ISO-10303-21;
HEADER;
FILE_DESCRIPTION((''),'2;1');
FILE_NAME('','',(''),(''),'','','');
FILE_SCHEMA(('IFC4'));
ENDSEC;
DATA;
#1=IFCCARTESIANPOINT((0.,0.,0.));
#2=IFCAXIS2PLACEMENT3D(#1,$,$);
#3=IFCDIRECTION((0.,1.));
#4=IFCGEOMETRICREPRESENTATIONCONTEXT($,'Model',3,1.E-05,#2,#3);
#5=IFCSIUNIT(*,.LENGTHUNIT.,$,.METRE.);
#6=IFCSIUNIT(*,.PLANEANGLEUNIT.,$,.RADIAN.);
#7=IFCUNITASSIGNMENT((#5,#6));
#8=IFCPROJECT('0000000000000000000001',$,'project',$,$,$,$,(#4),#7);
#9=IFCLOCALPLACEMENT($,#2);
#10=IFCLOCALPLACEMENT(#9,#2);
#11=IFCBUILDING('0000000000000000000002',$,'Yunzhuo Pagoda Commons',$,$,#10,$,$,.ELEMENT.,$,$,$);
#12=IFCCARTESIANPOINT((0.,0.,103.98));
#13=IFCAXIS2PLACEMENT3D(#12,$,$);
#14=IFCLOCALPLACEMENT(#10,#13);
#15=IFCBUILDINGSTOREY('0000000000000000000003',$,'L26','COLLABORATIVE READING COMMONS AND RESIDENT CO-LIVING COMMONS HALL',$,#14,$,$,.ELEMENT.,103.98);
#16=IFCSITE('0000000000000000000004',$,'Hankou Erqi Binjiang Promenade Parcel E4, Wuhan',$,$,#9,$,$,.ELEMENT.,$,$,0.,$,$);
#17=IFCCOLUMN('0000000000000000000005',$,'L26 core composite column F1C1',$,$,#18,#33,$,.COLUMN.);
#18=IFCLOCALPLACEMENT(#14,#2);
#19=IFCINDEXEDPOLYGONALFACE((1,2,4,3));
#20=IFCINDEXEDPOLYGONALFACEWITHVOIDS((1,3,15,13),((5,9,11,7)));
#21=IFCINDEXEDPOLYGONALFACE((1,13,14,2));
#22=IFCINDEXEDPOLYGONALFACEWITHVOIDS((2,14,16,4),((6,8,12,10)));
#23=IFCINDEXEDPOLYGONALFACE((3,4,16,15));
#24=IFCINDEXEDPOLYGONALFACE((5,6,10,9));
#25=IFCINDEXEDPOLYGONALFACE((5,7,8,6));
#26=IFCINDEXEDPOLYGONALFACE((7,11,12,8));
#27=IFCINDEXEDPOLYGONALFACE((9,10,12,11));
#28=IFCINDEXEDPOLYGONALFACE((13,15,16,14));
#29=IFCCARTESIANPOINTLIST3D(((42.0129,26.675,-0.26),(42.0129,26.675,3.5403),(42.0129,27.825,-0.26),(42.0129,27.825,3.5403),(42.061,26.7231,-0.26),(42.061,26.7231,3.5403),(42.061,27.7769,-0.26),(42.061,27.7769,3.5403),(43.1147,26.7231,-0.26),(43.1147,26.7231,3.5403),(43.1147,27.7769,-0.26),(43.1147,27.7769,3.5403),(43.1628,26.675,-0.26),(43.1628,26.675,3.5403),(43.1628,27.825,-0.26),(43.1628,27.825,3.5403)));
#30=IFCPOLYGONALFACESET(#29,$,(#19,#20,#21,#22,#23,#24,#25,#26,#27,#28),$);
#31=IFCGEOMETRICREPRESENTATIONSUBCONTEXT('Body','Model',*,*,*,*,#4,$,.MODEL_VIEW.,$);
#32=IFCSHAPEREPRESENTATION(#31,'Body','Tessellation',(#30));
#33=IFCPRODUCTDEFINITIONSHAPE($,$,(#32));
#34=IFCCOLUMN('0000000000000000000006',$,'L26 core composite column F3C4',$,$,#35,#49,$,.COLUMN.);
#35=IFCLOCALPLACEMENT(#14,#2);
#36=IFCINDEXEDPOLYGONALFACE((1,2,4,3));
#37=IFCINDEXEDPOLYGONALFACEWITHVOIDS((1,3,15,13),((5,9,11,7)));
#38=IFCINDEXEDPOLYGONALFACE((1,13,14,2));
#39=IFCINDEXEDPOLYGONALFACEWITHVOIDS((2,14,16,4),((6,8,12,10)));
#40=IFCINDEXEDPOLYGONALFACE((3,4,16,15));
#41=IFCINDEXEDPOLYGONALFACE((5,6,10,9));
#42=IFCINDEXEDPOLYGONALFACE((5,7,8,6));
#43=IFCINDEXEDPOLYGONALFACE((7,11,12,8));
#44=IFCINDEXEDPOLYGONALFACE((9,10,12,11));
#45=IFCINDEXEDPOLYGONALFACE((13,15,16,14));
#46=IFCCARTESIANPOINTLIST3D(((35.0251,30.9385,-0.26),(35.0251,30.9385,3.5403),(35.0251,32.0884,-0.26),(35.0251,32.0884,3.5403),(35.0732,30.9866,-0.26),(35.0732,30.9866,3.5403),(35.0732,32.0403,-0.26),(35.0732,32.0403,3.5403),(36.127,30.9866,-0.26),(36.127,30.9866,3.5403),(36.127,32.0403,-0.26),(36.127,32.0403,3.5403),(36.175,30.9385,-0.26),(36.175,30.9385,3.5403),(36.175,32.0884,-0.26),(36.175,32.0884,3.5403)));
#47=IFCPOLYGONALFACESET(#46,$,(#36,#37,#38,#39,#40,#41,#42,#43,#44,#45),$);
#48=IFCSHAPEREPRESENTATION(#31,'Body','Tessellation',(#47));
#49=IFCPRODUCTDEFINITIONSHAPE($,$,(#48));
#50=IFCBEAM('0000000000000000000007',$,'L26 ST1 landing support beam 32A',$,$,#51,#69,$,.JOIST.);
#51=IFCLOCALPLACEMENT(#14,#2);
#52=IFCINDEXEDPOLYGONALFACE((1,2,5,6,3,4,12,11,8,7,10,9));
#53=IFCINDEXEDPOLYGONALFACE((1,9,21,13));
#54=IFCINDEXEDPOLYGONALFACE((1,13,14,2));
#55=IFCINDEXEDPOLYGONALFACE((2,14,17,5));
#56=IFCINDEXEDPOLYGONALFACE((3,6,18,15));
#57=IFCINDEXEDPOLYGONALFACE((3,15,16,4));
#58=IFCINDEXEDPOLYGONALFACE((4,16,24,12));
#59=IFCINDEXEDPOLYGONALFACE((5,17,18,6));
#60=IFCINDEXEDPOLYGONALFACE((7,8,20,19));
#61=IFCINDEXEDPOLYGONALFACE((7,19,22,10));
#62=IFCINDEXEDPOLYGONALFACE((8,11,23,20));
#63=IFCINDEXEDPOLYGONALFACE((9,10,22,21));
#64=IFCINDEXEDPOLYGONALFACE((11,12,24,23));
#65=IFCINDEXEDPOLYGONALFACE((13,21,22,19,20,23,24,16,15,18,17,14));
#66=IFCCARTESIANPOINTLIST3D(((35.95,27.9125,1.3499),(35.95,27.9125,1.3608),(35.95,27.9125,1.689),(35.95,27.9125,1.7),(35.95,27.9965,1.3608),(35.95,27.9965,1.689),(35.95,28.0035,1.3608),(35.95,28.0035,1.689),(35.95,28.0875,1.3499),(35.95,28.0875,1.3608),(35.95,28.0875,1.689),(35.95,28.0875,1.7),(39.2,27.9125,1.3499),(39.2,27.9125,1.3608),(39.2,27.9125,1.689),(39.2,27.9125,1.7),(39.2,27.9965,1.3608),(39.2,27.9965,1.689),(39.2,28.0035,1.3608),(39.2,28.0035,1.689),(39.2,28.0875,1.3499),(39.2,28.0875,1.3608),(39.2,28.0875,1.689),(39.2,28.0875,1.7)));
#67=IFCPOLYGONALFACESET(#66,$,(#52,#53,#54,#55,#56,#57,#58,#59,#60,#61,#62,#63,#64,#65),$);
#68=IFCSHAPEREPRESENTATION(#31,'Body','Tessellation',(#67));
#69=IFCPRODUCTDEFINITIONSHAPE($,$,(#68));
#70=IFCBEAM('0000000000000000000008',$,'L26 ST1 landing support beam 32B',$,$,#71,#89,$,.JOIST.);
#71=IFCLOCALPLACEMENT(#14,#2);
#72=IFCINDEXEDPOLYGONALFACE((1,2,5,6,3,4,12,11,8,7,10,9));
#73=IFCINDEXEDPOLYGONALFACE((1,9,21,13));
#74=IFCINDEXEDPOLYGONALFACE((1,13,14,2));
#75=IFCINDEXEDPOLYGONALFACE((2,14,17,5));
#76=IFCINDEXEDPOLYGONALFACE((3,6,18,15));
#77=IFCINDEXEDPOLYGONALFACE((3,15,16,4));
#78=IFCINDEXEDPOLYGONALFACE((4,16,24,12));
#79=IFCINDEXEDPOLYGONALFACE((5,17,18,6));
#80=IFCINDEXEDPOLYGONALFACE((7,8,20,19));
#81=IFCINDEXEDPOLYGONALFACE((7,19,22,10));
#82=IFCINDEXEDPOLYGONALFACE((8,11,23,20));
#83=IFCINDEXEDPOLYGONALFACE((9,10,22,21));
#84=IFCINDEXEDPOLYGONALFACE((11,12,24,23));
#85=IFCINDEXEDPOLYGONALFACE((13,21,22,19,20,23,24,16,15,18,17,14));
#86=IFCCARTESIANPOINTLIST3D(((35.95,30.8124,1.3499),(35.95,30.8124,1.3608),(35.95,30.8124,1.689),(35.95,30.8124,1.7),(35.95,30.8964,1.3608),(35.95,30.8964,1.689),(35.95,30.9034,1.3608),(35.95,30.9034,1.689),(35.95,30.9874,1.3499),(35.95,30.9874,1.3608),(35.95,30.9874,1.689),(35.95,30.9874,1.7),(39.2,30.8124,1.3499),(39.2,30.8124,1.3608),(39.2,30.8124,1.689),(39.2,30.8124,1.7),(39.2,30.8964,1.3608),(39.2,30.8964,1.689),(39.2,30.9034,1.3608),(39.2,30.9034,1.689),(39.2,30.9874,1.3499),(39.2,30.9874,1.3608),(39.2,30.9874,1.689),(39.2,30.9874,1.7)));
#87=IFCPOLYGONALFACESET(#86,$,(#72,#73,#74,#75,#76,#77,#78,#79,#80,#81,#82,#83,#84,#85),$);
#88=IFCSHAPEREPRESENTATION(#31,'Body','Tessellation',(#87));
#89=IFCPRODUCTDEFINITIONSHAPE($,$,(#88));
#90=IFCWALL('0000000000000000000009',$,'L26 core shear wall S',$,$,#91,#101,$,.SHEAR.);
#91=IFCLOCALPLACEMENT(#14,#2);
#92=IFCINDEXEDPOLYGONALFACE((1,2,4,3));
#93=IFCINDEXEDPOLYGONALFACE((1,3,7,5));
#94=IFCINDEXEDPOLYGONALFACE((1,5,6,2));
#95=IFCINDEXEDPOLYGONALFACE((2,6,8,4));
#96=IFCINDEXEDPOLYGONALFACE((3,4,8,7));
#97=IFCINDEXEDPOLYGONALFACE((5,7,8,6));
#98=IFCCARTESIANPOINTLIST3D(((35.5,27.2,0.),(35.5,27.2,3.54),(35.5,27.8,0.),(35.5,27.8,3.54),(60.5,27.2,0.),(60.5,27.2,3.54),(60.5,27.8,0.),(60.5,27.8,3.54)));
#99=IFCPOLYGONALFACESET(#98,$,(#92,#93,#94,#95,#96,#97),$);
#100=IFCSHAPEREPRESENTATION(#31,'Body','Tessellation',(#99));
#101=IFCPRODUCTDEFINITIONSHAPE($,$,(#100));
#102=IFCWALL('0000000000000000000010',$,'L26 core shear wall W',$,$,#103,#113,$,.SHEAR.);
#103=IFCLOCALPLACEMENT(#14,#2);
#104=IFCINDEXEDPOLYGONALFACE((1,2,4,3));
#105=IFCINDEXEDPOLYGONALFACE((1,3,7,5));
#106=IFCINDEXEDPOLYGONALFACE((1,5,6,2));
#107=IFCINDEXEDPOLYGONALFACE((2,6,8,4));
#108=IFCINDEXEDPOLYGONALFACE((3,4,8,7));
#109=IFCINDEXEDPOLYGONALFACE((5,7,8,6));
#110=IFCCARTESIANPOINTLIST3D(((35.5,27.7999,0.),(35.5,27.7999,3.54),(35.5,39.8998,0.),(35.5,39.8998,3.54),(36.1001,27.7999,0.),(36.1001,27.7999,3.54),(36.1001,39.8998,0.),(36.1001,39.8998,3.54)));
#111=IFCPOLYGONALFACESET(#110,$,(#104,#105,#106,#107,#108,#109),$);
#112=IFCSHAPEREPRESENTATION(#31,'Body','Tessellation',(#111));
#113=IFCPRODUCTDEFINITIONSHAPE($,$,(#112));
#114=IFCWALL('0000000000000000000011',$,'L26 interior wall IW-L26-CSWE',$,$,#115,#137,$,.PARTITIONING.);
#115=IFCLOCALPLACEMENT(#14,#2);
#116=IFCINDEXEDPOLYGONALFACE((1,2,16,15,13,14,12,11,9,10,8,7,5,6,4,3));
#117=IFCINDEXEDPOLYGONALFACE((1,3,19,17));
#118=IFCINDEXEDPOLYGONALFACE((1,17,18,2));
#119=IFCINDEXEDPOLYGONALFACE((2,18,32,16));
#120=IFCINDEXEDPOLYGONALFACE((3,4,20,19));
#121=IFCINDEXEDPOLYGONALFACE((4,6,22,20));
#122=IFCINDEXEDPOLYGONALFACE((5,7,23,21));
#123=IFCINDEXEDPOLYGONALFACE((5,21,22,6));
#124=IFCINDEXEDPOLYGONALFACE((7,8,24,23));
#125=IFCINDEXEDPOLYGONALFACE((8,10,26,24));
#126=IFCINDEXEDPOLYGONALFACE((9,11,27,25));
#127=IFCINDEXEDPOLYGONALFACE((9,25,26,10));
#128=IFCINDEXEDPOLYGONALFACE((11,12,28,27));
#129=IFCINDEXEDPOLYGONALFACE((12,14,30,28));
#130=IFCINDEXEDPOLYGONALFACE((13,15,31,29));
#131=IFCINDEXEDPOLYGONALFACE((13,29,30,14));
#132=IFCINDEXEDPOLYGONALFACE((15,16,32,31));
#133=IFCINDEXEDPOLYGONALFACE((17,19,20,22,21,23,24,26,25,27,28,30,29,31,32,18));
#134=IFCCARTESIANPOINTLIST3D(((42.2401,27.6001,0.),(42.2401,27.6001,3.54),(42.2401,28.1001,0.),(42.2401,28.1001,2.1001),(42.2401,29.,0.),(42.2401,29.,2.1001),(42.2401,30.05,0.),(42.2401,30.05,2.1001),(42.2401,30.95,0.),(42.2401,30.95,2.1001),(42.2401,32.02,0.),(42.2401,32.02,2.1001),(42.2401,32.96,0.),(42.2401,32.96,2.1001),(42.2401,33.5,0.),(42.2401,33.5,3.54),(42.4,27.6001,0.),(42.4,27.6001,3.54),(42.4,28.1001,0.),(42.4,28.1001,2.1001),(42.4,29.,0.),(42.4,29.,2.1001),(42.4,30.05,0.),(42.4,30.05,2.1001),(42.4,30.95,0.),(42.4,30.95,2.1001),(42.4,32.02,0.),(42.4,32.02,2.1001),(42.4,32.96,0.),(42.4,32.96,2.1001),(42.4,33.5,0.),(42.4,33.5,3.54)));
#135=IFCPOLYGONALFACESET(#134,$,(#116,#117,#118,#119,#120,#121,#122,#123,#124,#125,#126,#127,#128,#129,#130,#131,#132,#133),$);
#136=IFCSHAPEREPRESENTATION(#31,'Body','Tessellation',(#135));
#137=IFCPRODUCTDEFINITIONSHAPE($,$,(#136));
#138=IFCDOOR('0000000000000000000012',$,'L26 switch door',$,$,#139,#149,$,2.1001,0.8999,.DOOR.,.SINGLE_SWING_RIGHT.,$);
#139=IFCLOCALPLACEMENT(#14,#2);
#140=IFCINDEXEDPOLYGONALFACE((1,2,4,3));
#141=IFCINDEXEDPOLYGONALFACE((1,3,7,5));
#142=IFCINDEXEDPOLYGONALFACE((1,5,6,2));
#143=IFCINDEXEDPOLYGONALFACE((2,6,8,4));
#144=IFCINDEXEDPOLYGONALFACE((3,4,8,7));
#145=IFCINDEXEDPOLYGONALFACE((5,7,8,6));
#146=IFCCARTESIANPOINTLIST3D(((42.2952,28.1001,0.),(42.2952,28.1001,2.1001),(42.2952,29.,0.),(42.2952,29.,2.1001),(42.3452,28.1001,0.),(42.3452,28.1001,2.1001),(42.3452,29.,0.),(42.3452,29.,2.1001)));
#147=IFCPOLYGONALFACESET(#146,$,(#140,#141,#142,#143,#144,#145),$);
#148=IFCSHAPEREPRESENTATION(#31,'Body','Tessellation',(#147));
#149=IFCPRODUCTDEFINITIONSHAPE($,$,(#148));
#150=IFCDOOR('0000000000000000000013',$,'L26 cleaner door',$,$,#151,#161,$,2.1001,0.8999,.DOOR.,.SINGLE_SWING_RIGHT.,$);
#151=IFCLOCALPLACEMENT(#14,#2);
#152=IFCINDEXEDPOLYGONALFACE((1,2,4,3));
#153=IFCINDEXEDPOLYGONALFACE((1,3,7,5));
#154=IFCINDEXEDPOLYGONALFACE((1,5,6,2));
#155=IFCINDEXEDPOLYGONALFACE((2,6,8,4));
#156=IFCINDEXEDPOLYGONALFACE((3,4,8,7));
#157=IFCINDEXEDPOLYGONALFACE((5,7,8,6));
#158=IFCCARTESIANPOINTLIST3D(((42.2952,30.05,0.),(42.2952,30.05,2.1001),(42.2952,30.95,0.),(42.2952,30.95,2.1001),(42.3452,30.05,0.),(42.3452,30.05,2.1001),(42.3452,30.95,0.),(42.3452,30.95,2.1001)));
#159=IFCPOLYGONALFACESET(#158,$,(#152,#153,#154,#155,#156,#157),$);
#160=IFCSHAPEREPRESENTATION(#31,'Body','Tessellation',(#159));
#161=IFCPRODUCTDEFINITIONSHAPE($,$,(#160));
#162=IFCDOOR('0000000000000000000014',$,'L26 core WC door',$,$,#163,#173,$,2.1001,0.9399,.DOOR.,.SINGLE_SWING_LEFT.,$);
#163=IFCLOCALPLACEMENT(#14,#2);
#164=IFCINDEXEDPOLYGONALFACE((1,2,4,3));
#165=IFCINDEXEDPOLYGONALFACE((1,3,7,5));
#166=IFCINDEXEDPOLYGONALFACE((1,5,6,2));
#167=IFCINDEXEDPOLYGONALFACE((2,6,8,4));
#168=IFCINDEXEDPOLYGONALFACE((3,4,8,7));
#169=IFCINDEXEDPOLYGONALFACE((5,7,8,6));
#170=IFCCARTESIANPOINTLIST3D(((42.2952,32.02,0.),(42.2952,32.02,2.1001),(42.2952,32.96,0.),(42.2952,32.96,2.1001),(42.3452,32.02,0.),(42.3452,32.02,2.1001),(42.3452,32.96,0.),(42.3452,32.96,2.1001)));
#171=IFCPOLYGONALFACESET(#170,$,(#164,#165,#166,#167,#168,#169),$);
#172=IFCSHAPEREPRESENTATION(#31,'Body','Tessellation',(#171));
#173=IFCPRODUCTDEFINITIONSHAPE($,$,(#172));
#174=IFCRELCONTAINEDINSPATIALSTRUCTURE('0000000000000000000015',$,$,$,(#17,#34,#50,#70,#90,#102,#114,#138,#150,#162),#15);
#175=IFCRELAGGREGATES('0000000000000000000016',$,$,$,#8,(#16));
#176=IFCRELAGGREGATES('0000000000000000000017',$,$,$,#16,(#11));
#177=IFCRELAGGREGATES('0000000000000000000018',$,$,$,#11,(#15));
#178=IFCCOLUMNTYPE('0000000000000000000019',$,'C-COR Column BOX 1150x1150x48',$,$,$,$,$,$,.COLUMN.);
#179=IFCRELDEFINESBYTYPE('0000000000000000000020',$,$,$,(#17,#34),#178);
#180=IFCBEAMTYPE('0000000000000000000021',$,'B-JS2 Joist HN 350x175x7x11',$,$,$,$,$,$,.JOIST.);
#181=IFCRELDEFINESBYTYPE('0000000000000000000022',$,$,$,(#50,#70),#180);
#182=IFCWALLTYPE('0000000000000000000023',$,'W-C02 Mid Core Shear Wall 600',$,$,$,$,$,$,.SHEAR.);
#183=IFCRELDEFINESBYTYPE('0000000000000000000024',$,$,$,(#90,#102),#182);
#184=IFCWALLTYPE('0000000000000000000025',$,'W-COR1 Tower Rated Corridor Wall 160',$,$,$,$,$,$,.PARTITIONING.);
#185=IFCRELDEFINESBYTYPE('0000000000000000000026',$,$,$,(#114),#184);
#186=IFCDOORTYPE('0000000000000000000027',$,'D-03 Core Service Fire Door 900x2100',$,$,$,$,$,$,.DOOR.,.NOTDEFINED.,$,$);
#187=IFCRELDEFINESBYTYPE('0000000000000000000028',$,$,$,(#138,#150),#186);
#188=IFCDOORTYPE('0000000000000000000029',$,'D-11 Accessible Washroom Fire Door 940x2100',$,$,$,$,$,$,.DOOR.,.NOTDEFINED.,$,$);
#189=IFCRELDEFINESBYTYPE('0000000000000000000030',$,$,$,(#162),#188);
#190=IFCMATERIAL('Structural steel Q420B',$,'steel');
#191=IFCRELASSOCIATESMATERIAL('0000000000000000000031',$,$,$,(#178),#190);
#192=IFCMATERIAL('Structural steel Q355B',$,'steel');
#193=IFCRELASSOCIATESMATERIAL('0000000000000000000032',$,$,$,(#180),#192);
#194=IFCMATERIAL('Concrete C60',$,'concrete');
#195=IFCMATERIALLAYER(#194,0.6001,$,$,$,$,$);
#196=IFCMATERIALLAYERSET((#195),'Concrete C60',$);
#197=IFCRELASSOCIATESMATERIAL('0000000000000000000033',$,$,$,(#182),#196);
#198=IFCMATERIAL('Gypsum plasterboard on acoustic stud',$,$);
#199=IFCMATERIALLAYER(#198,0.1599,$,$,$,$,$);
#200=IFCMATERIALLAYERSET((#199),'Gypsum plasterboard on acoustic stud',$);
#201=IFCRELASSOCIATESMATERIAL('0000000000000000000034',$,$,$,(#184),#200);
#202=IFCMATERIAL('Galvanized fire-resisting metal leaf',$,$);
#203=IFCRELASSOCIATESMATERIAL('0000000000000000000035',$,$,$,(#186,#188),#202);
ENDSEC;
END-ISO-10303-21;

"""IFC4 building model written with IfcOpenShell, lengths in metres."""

from ifc_helpers import new_model, si_unit, direction, frame, frame_2d, origin, origin_with_axes, origin_2d, place, context, subcontext, project, spatial, rectangle, hollow_rectangle, i_section, extrude, source, transform, mapped, material, layer, layer_set, material_profile, profile_set, type_object, element, fill, save


model = new_model("IFC4")

# Units and contexts
model_context = context("Model", 3, precision=1e-05, world=origin(), true_north=direction((0.0, 1.0)))
body_context = subcontext(model_context, "Body", "Model", "MODEL_VIEW")
ifc_project = project(units=[si_unit("LENGTHUNIT", "METRE"), si_unit("PLANEANGLEUNIT", "RADIAN")], contexts=[model_context])

# Site, building, storey
site_placement = place(None, origin())
site = spatial("IfcSite", under=ifc_project, at=site_placement, Name="Hankou Erqi Binjiang Promenade Parcel E4, Wuhan", CompositionType="ELEMENT", RefElevation=0.0)
building_placement = place(site_placement, origin())
building = spatial("IfcBuilding", under=site, at=building_placement, Name="Yunzhuo Pagoda Commons", CompositionType="ELEMENT")
storey_placement = place(building_placement, frame((0.0, 0.0, 103.98)))
storey = spatial("IfcBuildingStorey", under=building, at=storey_placement, Name="L26", Description="COLLABORATIVE READING COMMONS AND RESIDENT CO-LIVING COMMONS HALL", CompositionType="ELEMENT", Elevation=103.98)

# Columns
ifc_material_1 = material(Name="Structural steel Q420B", Category="steel")
ifc_material_profile_1 = material_profile(ifc_material_1, hollow_rectangle(XDim=1.1499, YDim=1.1499, WallThickness=0.0481, at=origin_2d()), Name="Structural steel Q420B")
ifc_profile_set_1 = profile_set([ifc_material_profile_1], Name="Structural steel Q420B")
column_type = type_object("IfcColumnType", Name="C-COR Column BOX 1150x1150x48", PredefinedType="COLUMN", material=ifc_profile_set_1)
shared_shape_1 = source(origin(), body_context, "Body", "SweptSolid", [
    extrude(hollow_rectangle(XDim=1.1499, YDim=1.1499, WallThickness=0.0481, at=origin_2d()), origin(), (0.0, 0.0, 1.0), 3.8003),
])
for number, where, z_axis, x_axis, name in (
    (1, (42.5879, 27.25, -0.26), (0.0, 0.0, 1.0), (1.0, 0.0, 0.0), "L26 core composite column F1C1"),
    (2, (35.6001, 31.5134, -0.26), (0.0, 0.0, 1.0), (1.0, 0.0, 0.0), "L26 core composite column F3C4"),
):
    element("IfcColumn", number, at=place(storey_placement, frame(where, z_axis=z_axis, x_axis=x_axis)), inside=storey, type_object=column_type, Name=name, PredefinedType="COLUMN", context=body_context, shape_type="MappedRepresentation", body=[
        mapped(shared_shape_1, transform((0.0, 0.0, 0.0), scale=1.0)),
    ])

# Beams
ifc_material_2 = material(Name="Structural steel Q355B", Category="steel")
ifc_material_profile_2 = material_profile(ifc_material_2, i_section(OverallWidth=0.175, OverallDepth=0.3501, WebThickness=0.0071, FlangeThickness=0.011, at=origin_2d()), Name="Structural steel Q355B")
ifc_profile_set_2 = profile_set([ifc_material_profile_2], Name="Structural steel Q355B")
beam_type = type_object("IfcBeamType", Name="B-JS2 Joist HN 350x175x7x11", PredefinedType="JOIST", material=ifc_profile_set_2)
shared_shape_2 = source(origin(), body_context, "Body", "SweptSolid", [
    extrude(i_section(OverallWidth=0.175, OverallDepth=0.3501, WebThickness=0.0071, FlangeThickness=0.011, at=origin_2d()), origin(), (0.0, 0.0, 1.0), 3.25),
])
for number, where, z_axis, x_axis, name in (
    (3, (35.95, 28.0, 1.5249), (1.0, 0.0, 0.0), (0.0, 1.0, 0.0), "L26 ST1 landing support beam 32A"),
    (4, (35.95, 30.8999, 1.5249), (1.0, 0.0, 0.0), (0.0, 1.0, 0.0), "L26 ST1 landing support beam 32B"),
):
    element("IfcBeam", number, at=place(storey_placement, frame(where, z_axis=z_axis, x_axis=x_axis)), inside=storey, type_object=beam_type, Name=name, PredefinedType="JOIST", context=body_context, shape_type="MappedRepresentation", body=[
        mapped(shared_shape_2, transform((0.0, 0.0, 0.0), scale=1.0)),
    ])

# Walls
ifc_material_3 = material(Name="Concrete C60", Category="concrete")
ifc_layer_1 = layer(ifc_material_3, 0.6001)
ifc_layer_set_1 = layer_set([ifc_layer_1], Name="Concrete C60")
wall_type_1 = type_object("IfcWallType", Name="W-C02 Mid Core Shear Wall 600", PredefinedType="SHEAR", material=ifc_layer_set_1)
wall_1_placement = place(storey_placement, frame((35.5, 27.5, 0.0), z_axis=(0.0, 0.0, 1.0), x_axis=(1.0, 0.0, 0.0)))
element("IfcWall", 5, at=wall_1_placement, inside=storey, type_object=wall_type_1, Name="L26 core shear wall S", PredefinedType="SHEAR", context=body_context, shape_type="SweptSolid", body=[
    extrude(rectangle(XDim=25.0, YDim=0.6001, at=frame_2d((12.5, 0.0))), origin(), (0.0, 0.0, 1.0), 3.54),
])
wall_2_placement = place(storey_placement, frame((35.8, 27.8, 0.0), z_axis=(0.0, 0.0, 1.0), x_axis=(0.0, 1.0, 0.0)))
element("IfcWall", 6, at=wall_2_placement, inside=storey, type_object=wall_type_1, Name="L26 core shear wall W", PredefinedType="SHEAR", context=body_context, shape_type="SweptSolid", body=[
    extrude(rectangle(XDim=12.0999, YDim=0.6001, at=frame_2d((6.0498, 0.0))), origin(), (0.0, 0.0, 1.0), 3.54),
])

# Wall, openings, doors
ifc_material_4 = material(Name="Gypsum plasterboard on acoustic stud")
ifc_layer_2 = layer(ifc_material_4, 0.1599)
ifc_layer_set_2 = layer_set([ifc_layer_2], Name="Gypsum plasterboard on acoustic stud")
wall_type_2 = type_object("IfcWallType", Name="W-COR1 Tower Rated Corridor Wall 160", PredefinedType="PARTITIONING", material=ifc_layer_set_2)
wall_3_placement = place(storey_placement, frame((42.3201, 27.6001, 0.0), z_axis=(0.0, 0.0, 1.0), x_axis=(0.0, 1.0, 0.0)))
wall_3 = element("IfcWall", 7, at=wall_3_placement, inside=storey, type_object=wall_type_2, Name="L26 interior wall IW-L26-CSWE", PredefinedType="PARTITIONING", context=body_context, shape_type="SweptSolid", body=[
    extrude(rectangle(XDim=5.8999, YDim=0.1599, at=frame_2d((2.95, 0.0))), origin(), (0.0, 0.0, 1.0), 3.54),
])
opening_1_placement = place(wall_3_placement, frame((0.5, 0.0, 0.0)))
opening_1 = element("IfcOpeningElement", 8, at=opening_1_placement, cuts=wall_3, PredefinedType="OPENING", context=body_context, shape_type="SweptSolid", body=[
    extrude(rectangle(XDim=0.8999, YDim=2.1001, at=frame_2d((0.45, 1.05))), frame((0.0, 0.0898, 0.0), z_axis=(0.0, -1.0, 0.0), x_axis=(1.0, 0.0, 0.0)), (0.0, 0.0, 1.0), 0.1799),
])
opening_2_placement = place(wall_3_placement, frame((2.45, 0.0, 0.0)))
opening_2 = element("IfcOpeningElement", 9, at=opening_2_placement, cuts=wall_3, PredefinedType="OPENING", context=body_context, shape_type="SweptSolid", body=[
    extrude(rectangle(XDim=0.8999, YDim=2.1001, at=frame_2d((0.45, 1.05))), frame((0.0, 0.0898, 0.0), z_axis=(0.0, -1.0, 0.0), x_axis=(1.0, 0.0, 0.0)), (0.0, 0.0, 1.0), 0.1799),
])
opening_3_placement = place(wall_3_placement, frame((4.4199, 0.0, 0.0)))
opening_3 = element("IfcOpeningElement", 10, at=opening_3_placement, cuts=wall_3, PredefinedType="OPENING", context=body_context, shape_type="SweptSolid", body=[
    extrude(rectangle(XDim=0.9399, YDim=2.1001, at=frame_2d((0.47, 1.05))), frame((0.0, 0.0898, 0.0), z_axis=(0.0, -1.0, 0.0), x_axis=(1.0, 0.0, 0.0)), (0.0, 0.0, 1.0), 0.1799),
])
ifc_material_5 = material(Name="Galvanized fire-resisting metal leaf")
door_type_1 = type_object("IfcDoorType", Name="D-03 Core Service Fire Door 900x2100", OperationType="NOTDEFINED", PredefinedType="DOOR", material=ifc_material_5)
shared_shape_3 = source(origin(), body_context, "Body", "SweptSolid", [
    extrude(rectangle(XDim=0.8999, YDim=2.1001, at=frame_2d((0.45, 1.05))), frame((0.0, 0.0249, 0.0), z_axis=(0.0, -1.0, 0.0), x_axis=(1.0, 0.0, 0.0)), (0.0, 0.0, 1.0), 0.05),
])
door_1_placement = place(opening_1_placement, origin_with_axes())
door_1 = element("IfcDoor", 11, at=door_1_placement, inside=storey, type_object=door_type_1, Name="L26 switch door", OperationType="SINGLE_SWING_RIGHT", OverallHeight=2.1001, OverallWidth=0.8999, PredefinedType="DOOR", context=body_context, shape_type="MappedRepresentation", body=[
    mapped(shared_shape_3, transform((0.0, 0.0, 0.0), scale=1.0)),
])
fill(opening_1, door_1)
door_2_placement = place(opening_2_placement, origin_with_axes())
door_2 = element("IfcDoor", 12, at=door_2_placement, inside=storey, type_object=door_type_1, Name="L26 cleaner door", OperationType="SINGLE_SWING_RIGHT", OverallHeight=2.1001, OverallWidth=0.8999, PredefinedType="DOOR", context=body_context, shape_type="MappedRepresentation", body=[
    mapped(shared_shape_3, transform((0.0, 0.0, 0.0), scale=1.0)),
])
fill(opening_2, door_2)
door_type_2 = type_object("IfcDoorType", Name="D-11 Accessible Washroom Fire Door 940x2100", OperationType="NOTDEFINED", PredefinedType="DOOR", material=ifc_material_5)
shared_shape_4 = source(origin(), body_context, "Body", "SweptSolid", [
    extrude(rectangle(XDim=0.9399, YDim=2.1001, at=frame_2d((0.47, 1.05))), frame((0.0, 0.0249, 0.0), z_axis=(0.0, -1.0, 0.0), x_axis=(1.0, 0.0, 0.0)), (0.0, 0.0, 1.0), 0.05),
])
door_3_placement = place(opening_3_placement, origin_with_axes())
door_3 = element("IfcDoor", 13, at=door_3_placement, inside=storey, type_object=door_type_2, Name="L26 core WC door", OperationType="SINGLE_SWING_LEFT", OverallHeight=2.1001, OverallWidth=0.9399, PredefinedType="DOOR", context=body_context, shape_type="MappedRepresentation", body=[
    mapped(shared_shape_4, transform((0.0, 0.0, 0.0), scale=1.0)),
])
fill(opening_3, door_3)

save(model, "model.ifc")
